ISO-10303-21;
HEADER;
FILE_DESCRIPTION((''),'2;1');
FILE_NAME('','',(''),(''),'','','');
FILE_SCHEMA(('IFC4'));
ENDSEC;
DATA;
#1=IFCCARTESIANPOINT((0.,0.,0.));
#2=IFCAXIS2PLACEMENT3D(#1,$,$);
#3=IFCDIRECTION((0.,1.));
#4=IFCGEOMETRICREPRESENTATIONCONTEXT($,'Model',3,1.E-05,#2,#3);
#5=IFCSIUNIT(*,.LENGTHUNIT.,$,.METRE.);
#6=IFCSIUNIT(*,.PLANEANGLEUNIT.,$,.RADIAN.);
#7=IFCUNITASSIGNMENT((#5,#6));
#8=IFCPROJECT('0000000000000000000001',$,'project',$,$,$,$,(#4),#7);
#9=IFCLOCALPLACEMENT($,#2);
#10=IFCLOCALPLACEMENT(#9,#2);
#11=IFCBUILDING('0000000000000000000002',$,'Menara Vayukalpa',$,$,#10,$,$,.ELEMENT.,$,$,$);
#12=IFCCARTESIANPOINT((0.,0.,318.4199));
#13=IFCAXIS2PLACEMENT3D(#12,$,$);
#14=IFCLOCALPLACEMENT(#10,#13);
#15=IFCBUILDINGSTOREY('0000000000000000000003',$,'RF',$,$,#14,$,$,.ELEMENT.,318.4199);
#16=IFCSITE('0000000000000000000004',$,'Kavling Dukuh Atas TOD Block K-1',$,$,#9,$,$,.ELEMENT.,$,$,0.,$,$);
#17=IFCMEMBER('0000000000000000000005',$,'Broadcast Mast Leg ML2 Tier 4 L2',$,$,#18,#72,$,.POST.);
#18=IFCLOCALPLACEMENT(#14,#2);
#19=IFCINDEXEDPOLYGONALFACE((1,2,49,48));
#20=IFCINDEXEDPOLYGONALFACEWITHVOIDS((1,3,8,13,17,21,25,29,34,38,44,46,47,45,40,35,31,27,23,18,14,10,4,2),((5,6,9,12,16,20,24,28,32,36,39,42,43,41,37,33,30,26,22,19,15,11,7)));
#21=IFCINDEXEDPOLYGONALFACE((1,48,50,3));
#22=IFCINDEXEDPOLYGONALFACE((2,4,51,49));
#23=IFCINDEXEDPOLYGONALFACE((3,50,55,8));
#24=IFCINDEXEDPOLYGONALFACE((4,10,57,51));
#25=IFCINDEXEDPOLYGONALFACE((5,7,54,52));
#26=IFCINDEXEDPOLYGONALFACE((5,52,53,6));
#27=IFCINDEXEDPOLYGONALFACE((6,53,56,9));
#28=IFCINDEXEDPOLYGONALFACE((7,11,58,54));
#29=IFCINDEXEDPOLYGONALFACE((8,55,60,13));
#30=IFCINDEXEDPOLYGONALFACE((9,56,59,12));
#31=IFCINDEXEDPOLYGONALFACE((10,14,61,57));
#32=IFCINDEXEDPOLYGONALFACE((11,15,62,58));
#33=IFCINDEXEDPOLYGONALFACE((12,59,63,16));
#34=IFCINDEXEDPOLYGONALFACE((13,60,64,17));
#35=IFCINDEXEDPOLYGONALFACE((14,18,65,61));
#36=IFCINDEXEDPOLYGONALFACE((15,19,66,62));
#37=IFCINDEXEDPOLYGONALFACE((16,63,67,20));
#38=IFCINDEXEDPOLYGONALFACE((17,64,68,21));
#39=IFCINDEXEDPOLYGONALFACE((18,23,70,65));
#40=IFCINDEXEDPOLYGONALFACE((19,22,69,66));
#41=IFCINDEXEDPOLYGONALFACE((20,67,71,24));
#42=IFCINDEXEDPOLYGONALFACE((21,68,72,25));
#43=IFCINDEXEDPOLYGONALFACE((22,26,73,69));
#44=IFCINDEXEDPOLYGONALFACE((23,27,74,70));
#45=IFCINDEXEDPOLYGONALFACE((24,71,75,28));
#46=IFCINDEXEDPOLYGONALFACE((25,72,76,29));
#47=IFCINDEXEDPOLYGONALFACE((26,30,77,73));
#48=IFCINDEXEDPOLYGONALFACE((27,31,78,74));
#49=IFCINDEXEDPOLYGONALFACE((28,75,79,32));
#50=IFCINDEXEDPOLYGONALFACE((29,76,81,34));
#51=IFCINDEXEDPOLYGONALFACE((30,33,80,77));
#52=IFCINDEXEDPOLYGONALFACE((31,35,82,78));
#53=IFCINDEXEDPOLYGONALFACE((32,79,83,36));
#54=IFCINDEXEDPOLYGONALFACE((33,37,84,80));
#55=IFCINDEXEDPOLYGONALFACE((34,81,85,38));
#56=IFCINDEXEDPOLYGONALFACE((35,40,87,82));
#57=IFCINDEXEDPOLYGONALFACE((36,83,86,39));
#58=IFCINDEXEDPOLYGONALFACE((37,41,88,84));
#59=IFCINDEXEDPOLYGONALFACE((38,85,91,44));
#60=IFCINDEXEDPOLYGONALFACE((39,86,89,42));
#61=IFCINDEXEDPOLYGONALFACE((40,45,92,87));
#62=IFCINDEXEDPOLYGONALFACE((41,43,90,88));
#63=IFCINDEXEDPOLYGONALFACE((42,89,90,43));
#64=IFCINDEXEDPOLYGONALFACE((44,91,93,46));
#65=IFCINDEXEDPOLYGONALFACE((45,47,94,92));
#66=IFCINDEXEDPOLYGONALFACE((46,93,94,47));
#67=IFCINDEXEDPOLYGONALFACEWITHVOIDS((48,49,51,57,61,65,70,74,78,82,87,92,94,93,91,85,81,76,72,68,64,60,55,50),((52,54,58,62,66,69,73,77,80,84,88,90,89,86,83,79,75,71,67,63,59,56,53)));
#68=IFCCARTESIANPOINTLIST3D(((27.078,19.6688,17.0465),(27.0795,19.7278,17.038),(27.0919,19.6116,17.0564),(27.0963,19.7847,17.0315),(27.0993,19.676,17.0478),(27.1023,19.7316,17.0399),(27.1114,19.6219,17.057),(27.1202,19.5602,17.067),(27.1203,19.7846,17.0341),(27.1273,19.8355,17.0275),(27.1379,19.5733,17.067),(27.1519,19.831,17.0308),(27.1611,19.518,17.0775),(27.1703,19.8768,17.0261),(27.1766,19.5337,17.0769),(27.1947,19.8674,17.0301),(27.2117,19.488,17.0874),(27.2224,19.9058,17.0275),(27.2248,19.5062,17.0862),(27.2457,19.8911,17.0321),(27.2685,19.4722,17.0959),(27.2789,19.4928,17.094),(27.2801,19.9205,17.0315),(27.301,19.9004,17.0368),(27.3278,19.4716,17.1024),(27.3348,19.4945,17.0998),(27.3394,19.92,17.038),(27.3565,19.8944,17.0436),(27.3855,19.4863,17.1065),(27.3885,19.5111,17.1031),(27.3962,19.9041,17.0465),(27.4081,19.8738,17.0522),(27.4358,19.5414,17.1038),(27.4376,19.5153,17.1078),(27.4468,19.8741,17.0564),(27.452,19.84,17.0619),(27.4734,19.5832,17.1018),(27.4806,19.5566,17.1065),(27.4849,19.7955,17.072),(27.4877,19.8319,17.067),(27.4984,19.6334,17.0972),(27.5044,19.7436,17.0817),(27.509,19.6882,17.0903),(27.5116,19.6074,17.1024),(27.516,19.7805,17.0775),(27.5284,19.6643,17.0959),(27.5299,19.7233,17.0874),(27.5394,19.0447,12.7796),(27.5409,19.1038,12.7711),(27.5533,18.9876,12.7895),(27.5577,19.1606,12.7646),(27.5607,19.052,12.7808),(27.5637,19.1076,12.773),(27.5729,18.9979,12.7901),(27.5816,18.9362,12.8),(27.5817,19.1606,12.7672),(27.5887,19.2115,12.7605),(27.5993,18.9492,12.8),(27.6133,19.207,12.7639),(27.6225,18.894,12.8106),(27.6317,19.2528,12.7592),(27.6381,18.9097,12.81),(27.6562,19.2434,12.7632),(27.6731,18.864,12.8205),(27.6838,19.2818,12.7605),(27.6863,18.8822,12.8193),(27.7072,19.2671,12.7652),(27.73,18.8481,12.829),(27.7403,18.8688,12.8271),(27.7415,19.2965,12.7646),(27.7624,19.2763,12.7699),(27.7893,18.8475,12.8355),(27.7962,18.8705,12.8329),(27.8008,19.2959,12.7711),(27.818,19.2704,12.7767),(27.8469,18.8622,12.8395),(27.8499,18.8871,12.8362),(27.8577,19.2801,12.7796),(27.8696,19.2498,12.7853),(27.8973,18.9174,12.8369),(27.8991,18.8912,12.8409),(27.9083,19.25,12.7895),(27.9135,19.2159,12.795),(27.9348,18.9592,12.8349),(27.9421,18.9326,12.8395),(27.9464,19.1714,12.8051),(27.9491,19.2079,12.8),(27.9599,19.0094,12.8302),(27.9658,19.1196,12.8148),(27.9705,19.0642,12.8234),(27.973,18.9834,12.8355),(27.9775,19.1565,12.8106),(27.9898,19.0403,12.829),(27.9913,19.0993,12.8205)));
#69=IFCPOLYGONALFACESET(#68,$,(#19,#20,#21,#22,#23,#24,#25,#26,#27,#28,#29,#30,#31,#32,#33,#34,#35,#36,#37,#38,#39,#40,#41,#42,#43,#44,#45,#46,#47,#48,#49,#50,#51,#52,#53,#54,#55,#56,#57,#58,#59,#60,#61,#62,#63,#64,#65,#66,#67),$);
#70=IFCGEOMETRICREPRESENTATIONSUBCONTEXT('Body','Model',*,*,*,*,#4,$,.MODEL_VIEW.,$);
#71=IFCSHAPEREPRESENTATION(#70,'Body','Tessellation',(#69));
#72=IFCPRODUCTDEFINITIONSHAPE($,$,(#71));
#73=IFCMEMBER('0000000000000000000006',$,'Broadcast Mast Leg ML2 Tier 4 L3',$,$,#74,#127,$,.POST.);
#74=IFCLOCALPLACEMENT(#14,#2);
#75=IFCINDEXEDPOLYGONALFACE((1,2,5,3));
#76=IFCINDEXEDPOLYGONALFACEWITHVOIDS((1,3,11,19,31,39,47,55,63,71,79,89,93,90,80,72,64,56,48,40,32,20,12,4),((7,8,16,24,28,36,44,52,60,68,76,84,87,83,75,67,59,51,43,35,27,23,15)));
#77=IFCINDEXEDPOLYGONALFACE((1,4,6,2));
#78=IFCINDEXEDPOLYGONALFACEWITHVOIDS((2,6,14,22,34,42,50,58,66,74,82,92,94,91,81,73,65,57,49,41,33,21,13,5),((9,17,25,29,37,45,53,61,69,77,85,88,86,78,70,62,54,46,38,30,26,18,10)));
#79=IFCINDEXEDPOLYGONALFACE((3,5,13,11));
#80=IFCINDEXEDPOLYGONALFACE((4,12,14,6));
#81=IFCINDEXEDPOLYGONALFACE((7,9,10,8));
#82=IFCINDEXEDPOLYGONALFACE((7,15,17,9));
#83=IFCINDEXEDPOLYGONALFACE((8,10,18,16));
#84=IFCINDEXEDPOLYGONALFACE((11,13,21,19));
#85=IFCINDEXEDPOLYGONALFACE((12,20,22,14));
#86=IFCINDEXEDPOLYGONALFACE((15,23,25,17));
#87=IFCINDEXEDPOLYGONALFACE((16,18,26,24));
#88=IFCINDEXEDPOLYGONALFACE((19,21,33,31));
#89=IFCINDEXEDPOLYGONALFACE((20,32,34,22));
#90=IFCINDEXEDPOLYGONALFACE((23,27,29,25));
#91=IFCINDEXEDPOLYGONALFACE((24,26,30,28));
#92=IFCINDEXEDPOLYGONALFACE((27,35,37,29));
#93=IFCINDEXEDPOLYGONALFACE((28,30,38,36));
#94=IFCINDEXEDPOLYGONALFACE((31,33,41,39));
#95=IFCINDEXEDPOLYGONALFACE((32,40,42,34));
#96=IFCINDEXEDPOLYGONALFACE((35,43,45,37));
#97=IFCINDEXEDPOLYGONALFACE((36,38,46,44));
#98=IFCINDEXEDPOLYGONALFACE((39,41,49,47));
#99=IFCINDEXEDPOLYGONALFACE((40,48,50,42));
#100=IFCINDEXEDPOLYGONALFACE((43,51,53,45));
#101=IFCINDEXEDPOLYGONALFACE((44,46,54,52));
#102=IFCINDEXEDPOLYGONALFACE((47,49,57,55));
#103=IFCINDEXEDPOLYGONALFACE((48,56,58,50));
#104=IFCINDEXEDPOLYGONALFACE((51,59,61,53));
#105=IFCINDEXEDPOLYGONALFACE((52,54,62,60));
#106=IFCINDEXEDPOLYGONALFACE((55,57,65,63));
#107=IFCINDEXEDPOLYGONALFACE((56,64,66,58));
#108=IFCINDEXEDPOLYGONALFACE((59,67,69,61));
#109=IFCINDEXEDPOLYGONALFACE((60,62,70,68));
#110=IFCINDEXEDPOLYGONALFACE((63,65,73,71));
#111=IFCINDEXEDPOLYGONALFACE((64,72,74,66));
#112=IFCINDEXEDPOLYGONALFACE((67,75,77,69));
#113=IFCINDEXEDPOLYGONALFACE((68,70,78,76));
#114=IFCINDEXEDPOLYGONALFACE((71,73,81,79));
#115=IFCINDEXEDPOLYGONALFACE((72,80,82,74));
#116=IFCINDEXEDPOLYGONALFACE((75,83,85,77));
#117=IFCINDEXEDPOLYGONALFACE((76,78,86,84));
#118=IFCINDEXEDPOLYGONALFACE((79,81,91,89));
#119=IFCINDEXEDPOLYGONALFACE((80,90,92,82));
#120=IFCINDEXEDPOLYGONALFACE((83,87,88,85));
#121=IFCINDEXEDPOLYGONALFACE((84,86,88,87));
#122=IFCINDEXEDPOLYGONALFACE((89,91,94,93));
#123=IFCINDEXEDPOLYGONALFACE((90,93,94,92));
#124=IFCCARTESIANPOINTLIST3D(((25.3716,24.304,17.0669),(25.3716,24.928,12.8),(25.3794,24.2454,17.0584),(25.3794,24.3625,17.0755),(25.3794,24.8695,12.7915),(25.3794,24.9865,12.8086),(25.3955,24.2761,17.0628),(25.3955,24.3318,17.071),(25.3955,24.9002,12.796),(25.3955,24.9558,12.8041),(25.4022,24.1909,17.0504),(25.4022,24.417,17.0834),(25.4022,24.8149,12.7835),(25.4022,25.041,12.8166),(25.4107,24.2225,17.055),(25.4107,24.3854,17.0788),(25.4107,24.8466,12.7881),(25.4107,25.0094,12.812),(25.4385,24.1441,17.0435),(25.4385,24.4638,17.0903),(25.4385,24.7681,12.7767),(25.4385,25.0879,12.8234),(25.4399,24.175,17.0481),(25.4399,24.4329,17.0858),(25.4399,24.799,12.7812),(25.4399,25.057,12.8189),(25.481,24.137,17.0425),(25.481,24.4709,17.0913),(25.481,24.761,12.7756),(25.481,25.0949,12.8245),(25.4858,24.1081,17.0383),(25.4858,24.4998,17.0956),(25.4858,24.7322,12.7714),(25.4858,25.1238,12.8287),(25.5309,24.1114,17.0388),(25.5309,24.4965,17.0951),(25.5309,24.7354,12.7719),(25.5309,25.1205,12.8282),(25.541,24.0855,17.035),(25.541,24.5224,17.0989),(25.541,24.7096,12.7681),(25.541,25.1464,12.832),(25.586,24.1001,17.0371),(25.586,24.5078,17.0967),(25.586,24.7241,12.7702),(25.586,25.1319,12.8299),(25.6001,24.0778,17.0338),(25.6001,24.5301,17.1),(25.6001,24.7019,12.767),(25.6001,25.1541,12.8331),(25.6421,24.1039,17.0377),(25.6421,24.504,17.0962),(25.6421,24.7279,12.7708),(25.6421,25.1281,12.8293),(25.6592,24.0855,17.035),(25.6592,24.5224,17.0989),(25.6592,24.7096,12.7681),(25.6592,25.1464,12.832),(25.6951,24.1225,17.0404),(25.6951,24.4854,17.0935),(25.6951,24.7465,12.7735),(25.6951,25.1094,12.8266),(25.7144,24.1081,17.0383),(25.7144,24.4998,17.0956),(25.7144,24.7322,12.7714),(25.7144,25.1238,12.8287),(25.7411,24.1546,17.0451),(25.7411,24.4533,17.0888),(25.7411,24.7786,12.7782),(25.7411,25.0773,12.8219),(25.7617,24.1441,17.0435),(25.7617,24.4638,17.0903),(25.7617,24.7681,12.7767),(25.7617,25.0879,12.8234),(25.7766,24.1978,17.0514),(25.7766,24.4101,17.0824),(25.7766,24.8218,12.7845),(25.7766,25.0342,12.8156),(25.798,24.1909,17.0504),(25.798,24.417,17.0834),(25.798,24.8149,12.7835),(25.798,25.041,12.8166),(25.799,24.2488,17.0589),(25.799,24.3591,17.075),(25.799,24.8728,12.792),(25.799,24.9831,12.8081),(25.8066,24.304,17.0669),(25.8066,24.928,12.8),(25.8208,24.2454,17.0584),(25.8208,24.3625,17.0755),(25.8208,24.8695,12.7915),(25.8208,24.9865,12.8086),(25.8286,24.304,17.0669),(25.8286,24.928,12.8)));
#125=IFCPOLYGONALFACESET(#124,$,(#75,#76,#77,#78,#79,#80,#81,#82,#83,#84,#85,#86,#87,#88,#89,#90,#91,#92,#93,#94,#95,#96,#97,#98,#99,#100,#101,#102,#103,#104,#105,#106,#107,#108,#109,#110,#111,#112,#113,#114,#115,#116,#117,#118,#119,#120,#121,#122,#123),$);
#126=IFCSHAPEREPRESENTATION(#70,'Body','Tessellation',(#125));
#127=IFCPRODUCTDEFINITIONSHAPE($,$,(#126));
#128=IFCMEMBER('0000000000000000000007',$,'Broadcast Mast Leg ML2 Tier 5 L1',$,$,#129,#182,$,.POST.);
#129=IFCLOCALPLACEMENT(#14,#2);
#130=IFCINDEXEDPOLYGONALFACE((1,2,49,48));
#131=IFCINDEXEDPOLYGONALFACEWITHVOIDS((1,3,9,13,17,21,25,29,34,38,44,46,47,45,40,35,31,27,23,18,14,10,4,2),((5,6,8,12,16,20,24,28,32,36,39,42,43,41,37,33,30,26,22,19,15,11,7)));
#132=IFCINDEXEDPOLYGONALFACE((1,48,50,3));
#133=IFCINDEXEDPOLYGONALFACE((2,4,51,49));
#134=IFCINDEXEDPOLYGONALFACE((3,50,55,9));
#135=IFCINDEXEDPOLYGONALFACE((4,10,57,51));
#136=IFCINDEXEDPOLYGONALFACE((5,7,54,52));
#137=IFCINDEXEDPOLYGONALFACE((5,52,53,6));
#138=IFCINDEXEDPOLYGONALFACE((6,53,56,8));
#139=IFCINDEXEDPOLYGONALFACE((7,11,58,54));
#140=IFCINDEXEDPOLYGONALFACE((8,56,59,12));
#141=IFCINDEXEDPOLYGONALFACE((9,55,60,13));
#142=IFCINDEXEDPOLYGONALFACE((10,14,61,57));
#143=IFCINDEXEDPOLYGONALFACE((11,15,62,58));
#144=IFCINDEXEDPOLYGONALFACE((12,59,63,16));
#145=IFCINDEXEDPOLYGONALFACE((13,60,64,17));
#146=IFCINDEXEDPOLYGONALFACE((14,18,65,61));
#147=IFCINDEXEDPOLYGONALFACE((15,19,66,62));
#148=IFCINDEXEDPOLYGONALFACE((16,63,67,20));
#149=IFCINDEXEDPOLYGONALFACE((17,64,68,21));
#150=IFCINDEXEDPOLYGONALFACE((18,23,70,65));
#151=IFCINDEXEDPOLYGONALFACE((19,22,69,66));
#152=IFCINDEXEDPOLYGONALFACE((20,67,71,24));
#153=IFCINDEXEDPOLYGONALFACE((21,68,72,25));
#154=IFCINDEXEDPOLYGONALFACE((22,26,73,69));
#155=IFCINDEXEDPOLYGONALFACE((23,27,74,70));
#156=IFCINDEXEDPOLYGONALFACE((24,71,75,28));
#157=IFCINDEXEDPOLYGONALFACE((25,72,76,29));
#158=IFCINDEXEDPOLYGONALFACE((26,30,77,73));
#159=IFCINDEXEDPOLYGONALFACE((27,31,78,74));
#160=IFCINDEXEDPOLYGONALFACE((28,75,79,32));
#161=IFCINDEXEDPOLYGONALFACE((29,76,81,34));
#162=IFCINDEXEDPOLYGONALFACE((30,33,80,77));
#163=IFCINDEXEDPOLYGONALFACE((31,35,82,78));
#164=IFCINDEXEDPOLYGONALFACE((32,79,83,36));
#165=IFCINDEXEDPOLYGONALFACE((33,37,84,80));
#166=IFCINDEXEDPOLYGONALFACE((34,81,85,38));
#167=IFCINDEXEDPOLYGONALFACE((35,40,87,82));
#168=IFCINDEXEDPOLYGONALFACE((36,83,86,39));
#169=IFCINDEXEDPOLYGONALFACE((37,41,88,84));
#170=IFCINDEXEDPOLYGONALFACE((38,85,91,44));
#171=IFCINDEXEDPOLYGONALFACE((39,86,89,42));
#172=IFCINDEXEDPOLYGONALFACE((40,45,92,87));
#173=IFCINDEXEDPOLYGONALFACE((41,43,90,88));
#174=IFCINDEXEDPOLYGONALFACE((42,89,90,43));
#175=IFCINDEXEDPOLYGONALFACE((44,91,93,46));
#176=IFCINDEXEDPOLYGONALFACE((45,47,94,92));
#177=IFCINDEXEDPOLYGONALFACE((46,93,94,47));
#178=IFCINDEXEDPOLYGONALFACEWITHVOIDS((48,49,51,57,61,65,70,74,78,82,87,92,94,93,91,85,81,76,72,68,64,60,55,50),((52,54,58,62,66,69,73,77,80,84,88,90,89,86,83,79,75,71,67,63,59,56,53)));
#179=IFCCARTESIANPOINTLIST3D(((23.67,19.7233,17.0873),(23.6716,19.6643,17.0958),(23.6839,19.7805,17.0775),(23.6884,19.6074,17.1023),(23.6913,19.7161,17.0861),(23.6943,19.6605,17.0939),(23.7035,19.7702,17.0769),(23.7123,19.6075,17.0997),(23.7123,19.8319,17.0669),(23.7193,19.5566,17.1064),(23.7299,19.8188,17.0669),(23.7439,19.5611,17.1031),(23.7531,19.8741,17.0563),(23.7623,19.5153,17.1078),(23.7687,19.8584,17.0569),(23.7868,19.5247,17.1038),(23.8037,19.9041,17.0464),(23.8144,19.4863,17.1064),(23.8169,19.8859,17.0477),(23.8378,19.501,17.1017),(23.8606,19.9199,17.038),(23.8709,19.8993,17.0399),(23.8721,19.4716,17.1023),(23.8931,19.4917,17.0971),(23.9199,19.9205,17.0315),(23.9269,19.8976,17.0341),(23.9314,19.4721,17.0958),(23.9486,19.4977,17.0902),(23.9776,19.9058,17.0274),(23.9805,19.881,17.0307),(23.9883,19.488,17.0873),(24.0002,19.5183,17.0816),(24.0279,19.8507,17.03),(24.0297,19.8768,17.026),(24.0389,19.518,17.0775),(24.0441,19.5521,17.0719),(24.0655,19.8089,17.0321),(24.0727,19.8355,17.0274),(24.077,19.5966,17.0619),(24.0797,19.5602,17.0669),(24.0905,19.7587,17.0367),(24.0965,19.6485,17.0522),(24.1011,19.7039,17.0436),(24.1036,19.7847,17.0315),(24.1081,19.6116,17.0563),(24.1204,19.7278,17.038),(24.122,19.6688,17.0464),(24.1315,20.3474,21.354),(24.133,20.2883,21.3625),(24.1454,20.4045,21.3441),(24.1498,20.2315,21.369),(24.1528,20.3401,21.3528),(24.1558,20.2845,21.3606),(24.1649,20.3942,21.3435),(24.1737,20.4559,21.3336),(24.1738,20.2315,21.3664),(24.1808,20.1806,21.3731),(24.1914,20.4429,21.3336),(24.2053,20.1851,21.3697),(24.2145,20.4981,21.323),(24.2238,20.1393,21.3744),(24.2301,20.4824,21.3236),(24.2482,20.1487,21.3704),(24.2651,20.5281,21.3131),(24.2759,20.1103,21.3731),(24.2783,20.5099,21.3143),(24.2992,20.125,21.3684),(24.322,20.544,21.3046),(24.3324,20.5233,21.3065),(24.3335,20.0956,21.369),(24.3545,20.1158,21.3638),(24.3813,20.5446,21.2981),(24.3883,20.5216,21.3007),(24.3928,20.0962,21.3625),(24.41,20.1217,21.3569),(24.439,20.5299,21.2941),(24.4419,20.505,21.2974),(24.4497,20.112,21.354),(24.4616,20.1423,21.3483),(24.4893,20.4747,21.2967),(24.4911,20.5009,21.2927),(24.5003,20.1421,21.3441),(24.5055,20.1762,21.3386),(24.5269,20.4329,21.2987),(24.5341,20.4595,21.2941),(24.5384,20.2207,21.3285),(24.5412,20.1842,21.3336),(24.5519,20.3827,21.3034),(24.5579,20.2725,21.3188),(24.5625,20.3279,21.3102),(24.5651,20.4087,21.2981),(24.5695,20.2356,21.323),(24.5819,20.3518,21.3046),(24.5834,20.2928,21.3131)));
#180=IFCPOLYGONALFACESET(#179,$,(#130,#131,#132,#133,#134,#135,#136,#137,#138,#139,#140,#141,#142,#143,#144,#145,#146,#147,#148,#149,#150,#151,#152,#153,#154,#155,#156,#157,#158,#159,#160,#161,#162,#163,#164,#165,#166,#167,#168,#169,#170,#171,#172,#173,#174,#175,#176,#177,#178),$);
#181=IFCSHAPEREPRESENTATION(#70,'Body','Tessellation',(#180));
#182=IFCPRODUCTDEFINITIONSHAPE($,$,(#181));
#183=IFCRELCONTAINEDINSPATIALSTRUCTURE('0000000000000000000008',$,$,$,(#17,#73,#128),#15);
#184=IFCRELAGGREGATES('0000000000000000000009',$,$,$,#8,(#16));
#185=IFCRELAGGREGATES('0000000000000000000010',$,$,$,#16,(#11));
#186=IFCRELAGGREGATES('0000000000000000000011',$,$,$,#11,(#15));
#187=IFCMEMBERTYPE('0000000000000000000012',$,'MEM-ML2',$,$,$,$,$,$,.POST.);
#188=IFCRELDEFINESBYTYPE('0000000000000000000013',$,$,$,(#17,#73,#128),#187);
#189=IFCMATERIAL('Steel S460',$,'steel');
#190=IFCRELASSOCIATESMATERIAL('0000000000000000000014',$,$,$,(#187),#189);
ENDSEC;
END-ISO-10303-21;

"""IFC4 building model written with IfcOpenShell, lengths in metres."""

from ifc_helpers import new_model, si_unit, direction, frame, origin, origin_2d, place, context, subcontext, project, spatial, hollow_circle, extrude, material, material_profile, profile_set, type_object, element, save


model = new_model("IFC4")

# Units and contexts
model_context = context("Model", 3, precision=1e-05, world=origin(), true_north=direction((0.0, 1.0)))
body_context = subcontext(model_context, "Body", "Model", "MODEL_VIEW")
ifc_project = project(units=[si_unit("LENGTHUNIT", "METRE"), si_unit("PLANEANGLEUNIT", "RADIAN")], contexts=[model_context])

# Site, building, storey
site_placement = place(None, origin())
site = spatial("IfcSite", under=ifc_project, at=site_placement, Name="Kavling Dukuh Atas TOD Block K-1", CompositionType="ELEMENT", RefElevation=0.0)
building_placement = place(site_placement, origin())
building = spatial("IfcBuilding", under=site, at=building_placement, Name="Menara Vayukalpa", CompositionType="ELEMENT")
storey_placement = place(building_placement, frame((0.0, 0.0, 318.4199)))
storey = spatial("IfcBuildingStorey", under=building, at=storey_placement, Name="RF", CompositionType="ELEMENT", Elevation=318.4199)

# Members
ifc_material_1 = material(Name="Steel S460", Category="steel")
ifc_material_profile_1 = material_profile(ifc_material_1, hollow_circle(Radius=0.2285, WallThickness=0.022, at=origin_2d()), Name="CHS 457.2x22")
ifc_profile_set_1 = profile_set([ifc_material_profile_1], Name="Steel S460")
member_type_1 = type_object("IfcMemberType", Name="MEM-ML2", PredefinedType="POST", material=ifc_profile_set_1)
for number, where, z_axis, x_axis, name in (
    (1, (27.7654, 19.072, 12.8), (-0.106396, 0.143889, 0.983858), (-0.804058, -0.59455, 0.0), "Broadcast Mast Leg ML2 Tier 4 L2"),
):
    element("IfcMember", number, at=place(storey_placement, frame(where, z_axis=z_axis, x_axis=x_axis)), inside=storey, type_object=member_type_1, Name=name, PredefinedType="POST", context=body_context, shape_type="SweptSolid", body=[
        extrude(hollow_circle(Radius=0.2285, WallThickness=0.022, at=origin_2d()), origin(), (0.0, 0.0, 1.0), 4.3369),
    ])
member_1_placement = place(storey_placement, frame((25.6001, 24.928, 12.8), z_axis=(0.0, -0.14471, 0.989474), x_axis=(1.0, 0.0, 0.0)))
element("IfcMember", 2, at=member_1_placement, inside=storey, type_object=member_type_1, Name="Broadcast Mast Leg ML2 Tier 4 L3", PredefinedType="POST", context=body_context, shape_type="SweptSolid", body=[
    extrude(hollow_circle(Radius=0.2285, WallThickness=0.022, at=origin_2d()), origin(), (0.0, 0.0, 1.0), 4.3123),
])
for number, where, z_axis, x_axis, name in (
    (3, (23.896, 19.696, 17.0669), (0.106402, 0.143897, 0.983856), (-0.804058, 0.59455, 0.0), "Broadcast Mast Leg ML2 Tier 5 L1"),
):
    element("IfcMember", number, at=place(storey_placement, frame(where, z_axis=z_axis, x_axis=x_axis)), inside=storey, type_object=member_type_1, Name=name, PredefinedType="POST", context=body_context, shape_type="SweptSolid", body=[
        extrude(hollow_circle(Radius=0.2285, WallThickness=0.022, at=origin_2d()), origin(), (0.0, 0.0, 1.0), 4.3367),
    ])

save(model, "model.ifc")
